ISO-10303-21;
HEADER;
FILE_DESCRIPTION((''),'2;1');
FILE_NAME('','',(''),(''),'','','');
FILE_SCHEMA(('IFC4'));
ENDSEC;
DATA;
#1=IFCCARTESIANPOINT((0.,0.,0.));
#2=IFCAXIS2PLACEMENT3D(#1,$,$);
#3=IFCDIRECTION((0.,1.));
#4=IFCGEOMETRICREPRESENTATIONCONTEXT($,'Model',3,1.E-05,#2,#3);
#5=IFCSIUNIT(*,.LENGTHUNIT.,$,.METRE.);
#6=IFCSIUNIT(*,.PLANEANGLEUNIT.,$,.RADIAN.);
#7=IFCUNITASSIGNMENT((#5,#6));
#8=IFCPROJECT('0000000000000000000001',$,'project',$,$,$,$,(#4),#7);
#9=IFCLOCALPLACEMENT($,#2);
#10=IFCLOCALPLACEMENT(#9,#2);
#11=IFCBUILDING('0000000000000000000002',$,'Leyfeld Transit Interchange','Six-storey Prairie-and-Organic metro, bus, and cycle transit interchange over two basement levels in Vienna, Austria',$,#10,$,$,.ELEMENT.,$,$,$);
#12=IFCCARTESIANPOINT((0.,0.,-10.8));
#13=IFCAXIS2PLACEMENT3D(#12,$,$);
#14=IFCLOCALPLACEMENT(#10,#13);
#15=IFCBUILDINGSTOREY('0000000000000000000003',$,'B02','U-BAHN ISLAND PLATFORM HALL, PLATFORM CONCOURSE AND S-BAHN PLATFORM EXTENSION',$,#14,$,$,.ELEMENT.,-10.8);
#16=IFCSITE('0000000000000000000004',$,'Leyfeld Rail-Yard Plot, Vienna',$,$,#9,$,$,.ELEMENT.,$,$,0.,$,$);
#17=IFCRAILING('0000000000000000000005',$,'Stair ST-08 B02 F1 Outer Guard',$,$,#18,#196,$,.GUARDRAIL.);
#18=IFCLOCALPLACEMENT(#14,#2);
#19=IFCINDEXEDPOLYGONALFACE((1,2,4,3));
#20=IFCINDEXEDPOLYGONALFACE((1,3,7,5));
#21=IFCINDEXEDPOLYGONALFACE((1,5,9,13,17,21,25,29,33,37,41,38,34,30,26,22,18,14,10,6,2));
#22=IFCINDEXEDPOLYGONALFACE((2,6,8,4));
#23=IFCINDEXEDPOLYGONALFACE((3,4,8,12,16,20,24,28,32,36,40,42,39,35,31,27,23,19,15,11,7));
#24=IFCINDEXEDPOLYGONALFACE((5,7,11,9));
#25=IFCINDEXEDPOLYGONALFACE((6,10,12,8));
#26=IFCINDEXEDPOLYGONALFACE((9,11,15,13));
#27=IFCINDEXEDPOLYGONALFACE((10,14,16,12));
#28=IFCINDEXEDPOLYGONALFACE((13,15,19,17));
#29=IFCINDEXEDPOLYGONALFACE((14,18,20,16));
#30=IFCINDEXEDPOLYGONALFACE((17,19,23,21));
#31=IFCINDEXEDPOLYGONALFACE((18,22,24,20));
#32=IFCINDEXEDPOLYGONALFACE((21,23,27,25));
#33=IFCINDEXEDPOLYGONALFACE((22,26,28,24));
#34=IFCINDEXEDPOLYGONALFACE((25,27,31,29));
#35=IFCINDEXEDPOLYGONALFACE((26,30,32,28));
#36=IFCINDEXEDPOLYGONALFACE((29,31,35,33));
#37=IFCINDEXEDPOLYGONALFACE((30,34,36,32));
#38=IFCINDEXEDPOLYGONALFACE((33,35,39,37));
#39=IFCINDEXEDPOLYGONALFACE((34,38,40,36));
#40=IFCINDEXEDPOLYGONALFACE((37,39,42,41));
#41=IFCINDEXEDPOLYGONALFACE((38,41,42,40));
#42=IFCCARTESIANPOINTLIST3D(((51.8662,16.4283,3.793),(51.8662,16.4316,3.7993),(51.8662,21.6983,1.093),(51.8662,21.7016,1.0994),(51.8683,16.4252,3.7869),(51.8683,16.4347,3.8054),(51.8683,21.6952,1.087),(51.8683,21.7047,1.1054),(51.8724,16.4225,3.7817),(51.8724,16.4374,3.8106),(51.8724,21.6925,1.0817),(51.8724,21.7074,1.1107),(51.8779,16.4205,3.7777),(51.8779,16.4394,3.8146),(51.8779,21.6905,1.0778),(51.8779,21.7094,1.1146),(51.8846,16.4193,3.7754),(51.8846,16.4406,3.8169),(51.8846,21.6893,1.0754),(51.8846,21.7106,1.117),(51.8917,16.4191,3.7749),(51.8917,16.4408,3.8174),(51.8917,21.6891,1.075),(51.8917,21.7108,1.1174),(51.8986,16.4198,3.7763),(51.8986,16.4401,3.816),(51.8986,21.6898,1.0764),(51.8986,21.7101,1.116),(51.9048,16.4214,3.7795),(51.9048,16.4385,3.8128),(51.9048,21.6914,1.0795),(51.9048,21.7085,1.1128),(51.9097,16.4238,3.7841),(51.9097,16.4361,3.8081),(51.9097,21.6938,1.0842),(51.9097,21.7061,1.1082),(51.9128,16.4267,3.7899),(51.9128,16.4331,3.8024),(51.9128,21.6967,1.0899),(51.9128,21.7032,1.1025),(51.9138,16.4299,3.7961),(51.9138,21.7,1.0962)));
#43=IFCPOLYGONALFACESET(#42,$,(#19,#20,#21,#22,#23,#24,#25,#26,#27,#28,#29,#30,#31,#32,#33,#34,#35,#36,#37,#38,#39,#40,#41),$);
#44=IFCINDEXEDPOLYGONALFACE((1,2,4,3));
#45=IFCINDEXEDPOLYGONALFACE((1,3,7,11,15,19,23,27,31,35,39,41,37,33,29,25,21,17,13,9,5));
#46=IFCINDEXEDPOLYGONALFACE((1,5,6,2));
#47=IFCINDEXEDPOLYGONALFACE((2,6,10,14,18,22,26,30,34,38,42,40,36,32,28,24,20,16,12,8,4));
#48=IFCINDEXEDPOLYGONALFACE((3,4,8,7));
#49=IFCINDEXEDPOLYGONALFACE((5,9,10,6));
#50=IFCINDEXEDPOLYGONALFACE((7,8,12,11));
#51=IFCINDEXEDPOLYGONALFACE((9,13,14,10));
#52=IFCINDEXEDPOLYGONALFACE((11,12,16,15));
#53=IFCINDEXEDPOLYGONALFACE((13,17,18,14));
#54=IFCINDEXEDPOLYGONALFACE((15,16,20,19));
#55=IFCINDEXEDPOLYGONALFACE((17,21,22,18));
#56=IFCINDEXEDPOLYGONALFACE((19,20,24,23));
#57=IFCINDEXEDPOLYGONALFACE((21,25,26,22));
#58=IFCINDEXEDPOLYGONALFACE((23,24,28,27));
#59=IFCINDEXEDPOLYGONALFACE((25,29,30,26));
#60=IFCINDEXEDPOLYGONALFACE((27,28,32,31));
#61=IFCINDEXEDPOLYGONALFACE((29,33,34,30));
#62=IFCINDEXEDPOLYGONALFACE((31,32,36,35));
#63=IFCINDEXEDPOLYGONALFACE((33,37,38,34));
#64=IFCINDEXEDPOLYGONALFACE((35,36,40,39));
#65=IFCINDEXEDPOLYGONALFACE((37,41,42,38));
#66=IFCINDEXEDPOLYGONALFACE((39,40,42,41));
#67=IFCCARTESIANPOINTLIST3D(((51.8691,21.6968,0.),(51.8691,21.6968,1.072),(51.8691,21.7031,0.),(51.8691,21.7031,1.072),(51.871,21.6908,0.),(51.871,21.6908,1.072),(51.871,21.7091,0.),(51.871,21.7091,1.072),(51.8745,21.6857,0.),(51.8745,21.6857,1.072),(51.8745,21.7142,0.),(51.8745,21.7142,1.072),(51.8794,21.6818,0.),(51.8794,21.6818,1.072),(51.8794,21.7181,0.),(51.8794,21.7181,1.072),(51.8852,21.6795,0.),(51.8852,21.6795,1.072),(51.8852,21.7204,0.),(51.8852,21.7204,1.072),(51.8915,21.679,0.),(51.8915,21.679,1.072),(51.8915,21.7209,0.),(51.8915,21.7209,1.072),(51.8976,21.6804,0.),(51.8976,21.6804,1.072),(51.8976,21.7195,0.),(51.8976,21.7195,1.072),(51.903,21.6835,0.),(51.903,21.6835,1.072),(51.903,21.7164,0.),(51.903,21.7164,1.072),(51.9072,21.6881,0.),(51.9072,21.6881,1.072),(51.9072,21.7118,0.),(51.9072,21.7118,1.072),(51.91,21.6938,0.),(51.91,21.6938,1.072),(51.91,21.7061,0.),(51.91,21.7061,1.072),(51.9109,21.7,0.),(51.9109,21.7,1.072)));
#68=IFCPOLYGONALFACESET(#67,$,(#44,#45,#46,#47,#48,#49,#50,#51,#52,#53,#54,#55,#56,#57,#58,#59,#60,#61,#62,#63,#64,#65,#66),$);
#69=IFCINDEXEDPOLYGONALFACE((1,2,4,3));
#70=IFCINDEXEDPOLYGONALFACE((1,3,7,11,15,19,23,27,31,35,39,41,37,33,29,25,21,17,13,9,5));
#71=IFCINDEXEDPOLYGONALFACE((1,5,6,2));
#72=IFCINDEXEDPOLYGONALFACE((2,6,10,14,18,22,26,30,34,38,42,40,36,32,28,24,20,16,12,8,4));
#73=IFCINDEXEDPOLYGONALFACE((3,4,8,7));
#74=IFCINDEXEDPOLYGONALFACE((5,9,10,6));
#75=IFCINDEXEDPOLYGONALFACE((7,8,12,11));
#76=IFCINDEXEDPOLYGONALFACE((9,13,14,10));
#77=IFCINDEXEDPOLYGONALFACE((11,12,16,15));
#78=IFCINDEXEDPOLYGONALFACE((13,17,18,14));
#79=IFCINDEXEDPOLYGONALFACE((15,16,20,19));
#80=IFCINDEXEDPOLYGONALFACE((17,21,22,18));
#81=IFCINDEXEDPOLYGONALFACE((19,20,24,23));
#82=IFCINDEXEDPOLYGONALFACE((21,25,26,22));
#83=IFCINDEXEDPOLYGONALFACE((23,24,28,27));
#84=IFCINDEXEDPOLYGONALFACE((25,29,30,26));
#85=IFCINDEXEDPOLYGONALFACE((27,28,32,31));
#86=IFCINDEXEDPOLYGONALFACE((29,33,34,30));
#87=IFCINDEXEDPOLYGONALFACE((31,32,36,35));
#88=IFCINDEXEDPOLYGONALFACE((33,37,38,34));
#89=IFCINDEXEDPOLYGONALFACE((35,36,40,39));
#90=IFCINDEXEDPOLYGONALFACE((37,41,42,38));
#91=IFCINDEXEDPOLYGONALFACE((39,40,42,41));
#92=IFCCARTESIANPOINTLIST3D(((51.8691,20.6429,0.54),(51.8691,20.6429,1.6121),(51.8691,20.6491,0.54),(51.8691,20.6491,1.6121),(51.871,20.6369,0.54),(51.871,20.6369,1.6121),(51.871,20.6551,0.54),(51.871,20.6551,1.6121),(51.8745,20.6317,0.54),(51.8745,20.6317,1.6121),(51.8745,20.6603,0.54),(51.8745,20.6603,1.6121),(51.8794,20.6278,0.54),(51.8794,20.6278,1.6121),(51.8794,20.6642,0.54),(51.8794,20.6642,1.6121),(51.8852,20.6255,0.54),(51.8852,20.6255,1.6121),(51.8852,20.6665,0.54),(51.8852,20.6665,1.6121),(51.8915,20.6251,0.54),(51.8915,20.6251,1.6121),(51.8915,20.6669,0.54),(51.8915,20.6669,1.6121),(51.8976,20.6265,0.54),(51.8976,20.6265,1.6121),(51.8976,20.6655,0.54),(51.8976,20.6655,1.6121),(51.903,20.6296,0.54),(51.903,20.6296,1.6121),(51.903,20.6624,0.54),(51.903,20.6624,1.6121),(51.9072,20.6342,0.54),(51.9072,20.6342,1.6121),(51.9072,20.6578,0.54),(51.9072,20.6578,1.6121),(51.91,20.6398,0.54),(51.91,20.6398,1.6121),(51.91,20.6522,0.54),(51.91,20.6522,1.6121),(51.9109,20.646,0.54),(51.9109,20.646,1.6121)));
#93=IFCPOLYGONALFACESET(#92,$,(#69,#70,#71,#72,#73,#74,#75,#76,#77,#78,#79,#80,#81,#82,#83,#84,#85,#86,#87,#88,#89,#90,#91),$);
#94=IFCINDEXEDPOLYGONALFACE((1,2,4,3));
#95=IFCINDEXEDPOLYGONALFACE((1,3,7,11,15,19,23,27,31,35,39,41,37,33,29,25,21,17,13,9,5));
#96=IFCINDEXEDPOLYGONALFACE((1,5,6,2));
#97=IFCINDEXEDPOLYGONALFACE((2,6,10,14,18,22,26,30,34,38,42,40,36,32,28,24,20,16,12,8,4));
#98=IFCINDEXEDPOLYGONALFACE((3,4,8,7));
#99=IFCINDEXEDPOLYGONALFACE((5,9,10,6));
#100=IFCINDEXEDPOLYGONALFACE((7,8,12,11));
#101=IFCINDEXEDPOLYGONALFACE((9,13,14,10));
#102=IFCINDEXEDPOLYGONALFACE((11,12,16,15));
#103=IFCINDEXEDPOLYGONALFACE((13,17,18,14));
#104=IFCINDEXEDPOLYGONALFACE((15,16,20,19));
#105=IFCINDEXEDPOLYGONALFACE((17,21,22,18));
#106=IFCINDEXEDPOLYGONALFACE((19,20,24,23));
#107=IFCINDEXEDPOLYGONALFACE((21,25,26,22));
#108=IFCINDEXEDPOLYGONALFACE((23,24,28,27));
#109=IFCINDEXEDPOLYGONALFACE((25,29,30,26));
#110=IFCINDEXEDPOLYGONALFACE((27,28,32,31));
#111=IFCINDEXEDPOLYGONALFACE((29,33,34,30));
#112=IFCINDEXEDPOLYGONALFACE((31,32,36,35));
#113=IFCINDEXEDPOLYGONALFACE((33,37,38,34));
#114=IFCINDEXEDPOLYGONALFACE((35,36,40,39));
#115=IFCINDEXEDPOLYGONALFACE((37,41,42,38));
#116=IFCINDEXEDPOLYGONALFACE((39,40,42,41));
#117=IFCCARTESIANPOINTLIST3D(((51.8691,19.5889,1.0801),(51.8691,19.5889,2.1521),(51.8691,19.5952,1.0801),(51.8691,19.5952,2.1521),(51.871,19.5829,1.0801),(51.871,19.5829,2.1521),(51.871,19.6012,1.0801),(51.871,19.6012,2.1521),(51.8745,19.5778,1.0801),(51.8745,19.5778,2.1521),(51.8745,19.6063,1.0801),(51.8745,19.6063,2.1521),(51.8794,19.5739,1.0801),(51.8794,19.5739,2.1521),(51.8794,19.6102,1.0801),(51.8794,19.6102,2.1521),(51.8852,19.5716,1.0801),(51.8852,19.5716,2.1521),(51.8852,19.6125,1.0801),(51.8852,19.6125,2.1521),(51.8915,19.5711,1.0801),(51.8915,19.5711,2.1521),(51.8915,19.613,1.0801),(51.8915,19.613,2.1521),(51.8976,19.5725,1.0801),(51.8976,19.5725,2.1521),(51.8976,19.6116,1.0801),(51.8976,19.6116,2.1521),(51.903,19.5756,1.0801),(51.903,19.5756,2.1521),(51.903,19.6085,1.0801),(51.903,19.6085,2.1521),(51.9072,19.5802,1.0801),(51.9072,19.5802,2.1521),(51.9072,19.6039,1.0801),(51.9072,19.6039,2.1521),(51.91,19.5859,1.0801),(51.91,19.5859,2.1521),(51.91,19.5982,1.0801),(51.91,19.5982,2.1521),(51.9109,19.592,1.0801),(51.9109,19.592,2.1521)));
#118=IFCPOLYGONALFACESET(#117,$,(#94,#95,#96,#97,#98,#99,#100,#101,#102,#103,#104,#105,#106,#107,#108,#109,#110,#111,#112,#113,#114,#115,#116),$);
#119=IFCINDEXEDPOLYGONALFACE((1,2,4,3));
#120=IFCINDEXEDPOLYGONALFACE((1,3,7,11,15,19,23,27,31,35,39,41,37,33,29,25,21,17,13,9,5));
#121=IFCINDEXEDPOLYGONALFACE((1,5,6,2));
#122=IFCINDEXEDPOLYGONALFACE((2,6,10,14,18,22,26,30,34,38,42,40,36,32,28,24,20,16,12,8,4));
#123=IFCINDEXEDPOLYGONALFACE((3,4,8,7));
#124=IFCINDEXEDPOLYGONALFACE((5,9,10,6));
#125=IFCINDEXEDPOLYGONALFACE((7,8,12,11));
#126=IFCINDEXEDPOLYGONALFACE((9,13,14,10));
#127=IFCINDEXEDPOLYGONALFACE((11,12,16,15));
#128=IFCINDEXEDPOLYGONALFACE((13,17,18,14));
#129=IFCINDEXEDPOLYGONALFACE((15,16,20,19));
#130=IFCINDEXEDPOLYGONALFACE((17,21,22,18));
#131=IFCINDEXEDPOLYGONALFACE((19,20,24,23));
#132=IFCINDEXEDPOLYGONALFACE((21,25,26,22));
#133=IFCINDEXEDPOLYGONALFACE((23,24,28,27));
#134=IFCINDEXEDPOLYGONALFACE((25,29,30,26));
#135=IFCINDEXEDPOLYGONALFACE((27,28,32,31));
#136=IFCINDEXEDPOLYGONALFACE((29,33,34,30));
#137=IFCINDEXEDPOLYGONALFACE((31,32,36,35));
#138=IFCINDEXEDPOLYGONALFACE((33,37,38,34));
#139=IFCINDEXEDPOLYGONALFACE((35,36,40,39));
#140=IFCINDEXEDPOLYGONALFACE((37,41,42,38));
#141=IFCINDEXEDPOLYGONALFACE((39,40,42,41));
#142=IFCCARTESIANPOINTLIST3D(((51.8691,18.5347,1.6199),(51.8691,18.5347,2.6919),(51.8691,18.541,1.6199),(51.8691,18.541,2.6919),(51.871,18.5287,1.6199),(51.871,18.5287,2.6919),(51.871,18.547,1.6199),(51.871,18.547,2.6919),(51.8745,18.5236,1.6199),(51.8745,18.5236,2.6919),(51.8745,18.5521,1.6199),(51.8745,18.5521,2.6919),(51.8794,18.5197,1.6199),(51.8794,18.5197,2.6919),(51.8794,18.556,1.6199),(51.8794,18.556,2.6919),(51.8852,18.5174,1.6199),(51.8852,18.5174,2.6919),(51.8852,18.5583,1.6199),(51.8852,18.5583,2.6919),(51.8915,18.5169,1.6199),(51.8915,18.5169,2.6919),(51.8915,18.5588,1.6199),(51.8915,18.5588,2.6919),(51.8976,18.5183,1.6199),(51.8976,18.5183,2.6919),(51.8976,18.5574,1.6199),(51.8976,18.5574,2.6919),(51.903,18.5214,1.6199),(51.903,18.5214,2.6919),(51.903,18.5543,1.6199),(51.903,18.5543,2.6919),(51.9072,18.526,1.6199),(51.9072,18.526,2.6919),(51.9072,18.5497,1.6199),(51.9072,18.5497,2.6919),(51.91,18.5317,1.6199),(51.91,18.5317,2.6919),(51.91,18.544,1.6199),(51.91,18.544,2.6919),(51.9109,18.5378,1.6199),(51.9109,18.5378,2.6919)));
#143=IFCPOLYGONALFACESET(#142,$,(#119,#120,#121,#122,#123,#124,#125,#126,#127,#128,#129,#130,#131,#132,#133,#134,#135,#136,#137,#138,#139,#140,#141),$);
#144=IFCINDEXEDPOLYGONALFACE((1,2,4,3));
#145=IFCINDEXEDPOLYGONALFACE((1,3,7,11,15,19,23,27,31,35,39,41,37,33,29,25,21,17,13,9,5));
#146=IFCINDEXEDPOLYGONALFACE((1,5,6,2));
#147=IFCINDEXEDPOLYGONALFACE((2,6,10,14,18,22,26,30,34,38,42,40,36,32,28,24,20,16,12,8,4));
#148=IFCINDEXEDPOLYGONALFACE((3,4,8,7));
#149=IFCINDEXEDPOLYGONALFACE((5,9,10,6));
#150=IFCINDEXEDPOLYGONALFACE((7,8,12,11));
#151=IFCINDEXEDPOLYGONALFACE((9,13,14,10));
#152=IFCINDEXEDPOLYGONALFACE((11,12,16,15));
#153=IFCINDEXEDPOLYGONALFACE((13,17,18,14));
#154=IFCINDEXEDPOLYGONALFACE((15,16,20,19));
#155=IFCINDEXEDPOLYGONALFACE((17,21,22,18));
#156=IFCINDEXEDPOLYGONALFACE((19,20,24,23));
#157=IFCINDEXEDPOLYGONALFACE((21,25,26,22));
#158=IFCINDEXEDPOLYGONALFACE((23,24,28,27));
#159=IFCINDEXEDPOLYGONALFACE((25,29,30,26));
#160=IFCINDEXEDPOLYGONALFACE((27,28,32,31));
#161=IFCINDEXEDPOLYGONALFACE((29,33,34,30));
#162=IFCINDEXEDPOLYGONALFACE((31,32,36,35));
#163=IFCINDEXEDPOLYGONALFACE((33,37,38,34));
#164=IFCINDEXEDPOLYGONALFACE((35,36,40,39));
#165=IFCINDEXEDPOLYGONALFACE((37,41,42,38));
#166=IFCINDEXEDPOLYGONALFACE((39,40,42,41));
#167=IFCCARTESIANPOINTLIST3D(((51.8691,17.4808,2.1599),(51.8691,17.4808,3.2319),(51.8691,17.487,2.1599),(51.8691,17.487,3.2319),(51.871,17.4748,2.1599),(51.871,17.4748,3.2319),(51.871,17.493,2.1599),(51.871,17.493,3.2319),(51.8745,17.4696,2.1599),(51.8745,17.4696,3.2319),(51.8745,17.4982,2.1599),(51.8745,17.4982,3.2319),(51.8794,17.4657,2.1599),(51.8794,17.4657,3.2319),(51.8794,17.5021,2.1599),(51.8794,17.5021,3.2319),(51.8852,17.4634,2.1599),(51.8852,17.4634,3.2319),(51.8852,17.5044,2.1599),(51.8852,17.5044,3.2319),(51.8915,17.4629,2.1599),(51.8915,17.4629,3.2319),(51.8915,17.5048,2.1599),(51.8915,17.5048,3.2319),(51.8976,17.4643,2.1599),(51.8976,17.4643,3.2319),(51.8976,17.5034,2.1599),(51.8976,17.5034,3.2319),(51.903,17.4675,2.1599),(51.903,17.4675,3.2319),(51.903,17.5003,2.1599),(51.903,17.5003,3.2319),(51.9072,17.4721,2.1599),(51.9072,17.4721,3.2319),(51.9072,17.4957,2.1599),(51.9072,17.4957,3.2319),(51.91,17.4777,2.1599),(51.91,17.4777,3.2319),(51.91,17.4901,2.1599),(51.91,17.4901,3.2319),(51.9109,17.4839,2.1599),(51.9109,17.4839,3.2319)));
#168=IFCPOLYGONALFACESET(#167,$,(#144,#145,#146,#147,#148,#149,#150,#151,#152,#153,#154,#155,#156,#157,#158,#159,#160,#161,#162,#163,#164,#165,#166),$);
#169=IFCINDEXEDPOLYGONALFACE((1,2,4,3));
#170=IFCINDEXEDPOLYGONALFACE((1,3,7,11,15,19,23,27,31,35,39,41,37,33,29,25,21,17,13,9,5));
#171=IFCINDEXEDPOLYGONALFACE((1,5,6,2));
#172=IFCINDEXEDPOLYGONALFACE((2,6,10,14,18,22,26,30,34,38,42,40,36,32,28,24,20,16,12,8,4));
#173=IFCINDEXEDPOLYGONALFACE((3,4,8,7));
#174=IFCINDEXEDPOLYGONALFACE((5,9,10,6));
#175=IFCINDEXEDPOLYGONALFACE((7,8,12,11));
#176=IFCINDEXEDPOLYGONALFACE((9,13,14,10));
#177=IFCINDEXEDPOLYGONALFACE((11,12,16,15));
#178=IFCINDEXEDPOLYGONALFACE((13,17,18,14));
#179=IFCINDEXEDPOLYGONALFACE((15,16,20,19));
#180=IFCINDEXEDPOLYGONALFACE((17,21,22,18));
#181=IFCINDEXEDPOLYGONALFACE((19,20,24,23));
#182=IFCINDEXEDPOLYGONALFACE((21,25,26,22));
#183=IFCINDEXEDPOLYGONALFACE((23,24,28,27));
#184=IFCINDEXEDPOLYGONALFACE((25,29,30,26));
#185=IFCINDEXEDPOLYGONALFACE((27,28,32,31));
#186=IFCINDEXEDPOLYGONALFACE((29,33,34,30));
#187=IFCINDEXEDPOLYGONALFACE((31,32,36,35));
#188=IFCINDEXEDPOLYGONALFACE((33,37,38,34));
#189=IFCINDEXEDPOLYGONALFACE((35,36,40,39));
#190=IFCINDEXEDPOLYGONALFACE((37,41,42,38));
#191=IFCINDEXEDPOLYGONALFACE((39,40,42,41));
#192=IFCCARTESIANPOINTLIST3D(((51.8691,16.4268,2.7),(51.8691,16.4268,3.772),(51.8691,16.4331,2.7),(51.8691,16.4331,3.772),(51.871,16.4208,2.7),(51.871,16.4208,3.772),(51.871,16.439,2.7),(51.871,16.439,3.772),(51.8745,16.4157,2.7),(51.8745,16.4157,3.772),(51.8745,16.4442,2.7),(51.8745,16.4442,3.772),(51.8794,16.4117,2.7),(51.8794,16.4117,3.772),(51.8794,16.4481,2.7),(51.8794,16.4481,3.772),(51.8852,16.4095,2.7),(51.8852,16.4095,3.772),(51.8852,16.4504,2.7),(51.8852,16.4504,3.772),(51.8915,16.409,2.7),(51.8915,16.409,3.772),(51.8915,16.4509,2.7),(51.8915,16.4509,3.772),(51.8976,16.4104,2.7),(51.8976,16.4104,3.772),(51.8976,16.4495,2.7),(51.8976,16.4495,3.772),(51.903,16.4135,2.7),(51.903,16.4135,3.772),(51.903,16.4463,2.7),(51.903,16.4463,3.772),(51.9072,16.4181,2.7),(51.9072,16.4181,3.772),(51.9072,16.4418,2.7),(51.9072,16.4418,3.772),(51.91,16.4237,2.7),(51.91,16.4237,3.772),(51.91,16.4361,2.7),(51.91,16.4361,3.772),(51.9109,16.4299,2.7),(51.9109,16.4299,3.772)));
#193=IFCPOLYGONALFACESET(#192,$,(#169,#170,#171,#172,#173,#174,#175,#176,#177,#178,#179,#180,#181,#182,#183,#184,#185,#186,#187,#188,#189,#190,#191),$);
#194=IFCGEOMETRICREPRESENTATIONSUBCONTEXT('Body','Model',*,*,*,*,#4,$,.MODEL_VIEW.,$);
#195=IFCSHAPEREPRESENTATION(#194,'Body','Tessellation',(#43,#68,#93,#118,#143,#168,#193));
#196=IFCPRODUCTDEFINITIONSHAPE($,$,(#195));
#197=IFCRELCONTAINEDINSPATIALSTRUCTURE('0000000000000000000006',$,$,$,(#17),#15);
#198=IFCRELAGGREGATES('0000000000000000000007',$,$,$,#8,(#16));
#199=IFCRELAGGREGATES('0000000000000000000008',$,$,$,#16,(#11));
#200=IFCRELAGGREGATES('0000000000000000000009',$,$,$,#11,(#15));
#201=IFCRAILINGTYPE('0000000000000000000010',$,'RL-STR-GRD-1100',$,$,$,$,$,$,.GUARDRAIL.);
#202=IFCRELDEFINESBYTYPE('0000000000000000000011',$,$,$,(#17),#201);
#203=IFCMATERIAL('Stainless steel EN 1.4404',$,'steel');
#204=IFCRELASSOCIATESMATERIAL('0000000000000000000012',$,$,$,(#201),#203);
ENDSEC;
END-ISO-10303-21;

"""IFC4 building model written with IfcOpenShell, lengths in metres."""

from ifc_helpers import new_model, si_unit, direction, frame, origin, origin_2d, place, context, subcontext, project, spatial, circle, extrude, material, type_object, element, save


model = new_model("IFC4")

# Units and contexts
model_context = context("Model", 3, precision=1e-05, world=origin(), true_north=direction((0.0, 1.0)))
body_context = subcontext(model_context, "Body", "Model", "MODEL_VIEW")
ifc_project = project(units=[si_unit("LENGTHUNIT", "METRE"), si_unit("PLANEANGLEUNIT", "RADIAN")], contexts=[model_context])

# Site, building, storey
site_placement = place(None, origin())
site = spatial("IfcSite", under=ifc_project, at=site_placement, Name="Leyfeld Rail-Yard Plot, Vienna", CompositionType="ELEMENT", RefElevation=0.0)
building_placement = place(site_placement, origin())
building = spatial("IfcBuilding", under=site, at=building_placement, Name="Leyfeld Transit Interchange", Description="Six-storey Prairie-and-Organic metro, bus, and cycle transit interchange over two basement levels in Vienna, Austria", CompositionType="ELEMENT")
storey_placement = place(building_placement, frame((0.0, 0.0, -10.8)))
storey = spatial("IfcBuildingStorey", under=building, at=storey_placement, Name="B02", Description="U-BAHN ISLAND PLATFORM HALL, PLATFORM CONCOURSE AND S-BAHN PLATFORM EXTENSION", CompositionType="ELEMENT", Elevation=-10.8)

# Railing
ifc_material_1 = material(Name="Stainless steel EN 1.4404", Category="steel")
railing_type_1 = type_object("IfcRailingType", Name="RL-STR-GRD-1100", PredefinedType="GUARDRAIL", material=ifc_material_1)
for number, where, name in (
    (1, (51.8899, 21.7, 0.0), "Stair ST-08 B02 F1 Outer Guard"),
):
    element("IfcRailing", number, at=place(storey_placement, frame(where)), inside=storey, type_object=railing_type_1, Name=name, PredefinedType="GUARDRAIL", context=body_context, shape_type="SweptSolid", body=[
        extrude(circle(Radius=0.0239, at=origin_2d()), frame((0.0, 0.0, 1.0962), z_axis=(0.0, -0.889997, 0.455966), x_axis=(1.0, 0.0, 0.0)), (0.0, 0.0, 1.0), 5.9214),
        extrude(circle(Radius=0.021, at=origin_2d()), origin(), (0.0, 0.0, 1.0), 1.072),
        extrude(circle(Radius=0.021, at=origin_2d()), frame((0.0, -1.054, 0.54)), (0.0, 0.0, 1.0), 1.072),
        extrude(circle(Radius=0.021, at=origin_2d()), frame((0.0, -2.1079, 1.0801)), (0.0, 0.0, 1.0), 1.072),
        extrude(circle(Radius=0.021, at=origin_2d()), frame((0.0, -3.1621, 1.6199)), (0.0, 0.0, 1.0), 1.072),
        extrude(circle(Radius=0.021, at=origin_2d()), frame((0.0, -4.2161, 2.1599)), (0.0, 0.0, 1.0), 1.072),
        extrude(circle(Radius=0.021, at=origin_2d()), frame((0.0, -5.27, 2.7)), (0.0, 0.0, 1.0), 1.072),
    ])

save(model, "model.ifc")
